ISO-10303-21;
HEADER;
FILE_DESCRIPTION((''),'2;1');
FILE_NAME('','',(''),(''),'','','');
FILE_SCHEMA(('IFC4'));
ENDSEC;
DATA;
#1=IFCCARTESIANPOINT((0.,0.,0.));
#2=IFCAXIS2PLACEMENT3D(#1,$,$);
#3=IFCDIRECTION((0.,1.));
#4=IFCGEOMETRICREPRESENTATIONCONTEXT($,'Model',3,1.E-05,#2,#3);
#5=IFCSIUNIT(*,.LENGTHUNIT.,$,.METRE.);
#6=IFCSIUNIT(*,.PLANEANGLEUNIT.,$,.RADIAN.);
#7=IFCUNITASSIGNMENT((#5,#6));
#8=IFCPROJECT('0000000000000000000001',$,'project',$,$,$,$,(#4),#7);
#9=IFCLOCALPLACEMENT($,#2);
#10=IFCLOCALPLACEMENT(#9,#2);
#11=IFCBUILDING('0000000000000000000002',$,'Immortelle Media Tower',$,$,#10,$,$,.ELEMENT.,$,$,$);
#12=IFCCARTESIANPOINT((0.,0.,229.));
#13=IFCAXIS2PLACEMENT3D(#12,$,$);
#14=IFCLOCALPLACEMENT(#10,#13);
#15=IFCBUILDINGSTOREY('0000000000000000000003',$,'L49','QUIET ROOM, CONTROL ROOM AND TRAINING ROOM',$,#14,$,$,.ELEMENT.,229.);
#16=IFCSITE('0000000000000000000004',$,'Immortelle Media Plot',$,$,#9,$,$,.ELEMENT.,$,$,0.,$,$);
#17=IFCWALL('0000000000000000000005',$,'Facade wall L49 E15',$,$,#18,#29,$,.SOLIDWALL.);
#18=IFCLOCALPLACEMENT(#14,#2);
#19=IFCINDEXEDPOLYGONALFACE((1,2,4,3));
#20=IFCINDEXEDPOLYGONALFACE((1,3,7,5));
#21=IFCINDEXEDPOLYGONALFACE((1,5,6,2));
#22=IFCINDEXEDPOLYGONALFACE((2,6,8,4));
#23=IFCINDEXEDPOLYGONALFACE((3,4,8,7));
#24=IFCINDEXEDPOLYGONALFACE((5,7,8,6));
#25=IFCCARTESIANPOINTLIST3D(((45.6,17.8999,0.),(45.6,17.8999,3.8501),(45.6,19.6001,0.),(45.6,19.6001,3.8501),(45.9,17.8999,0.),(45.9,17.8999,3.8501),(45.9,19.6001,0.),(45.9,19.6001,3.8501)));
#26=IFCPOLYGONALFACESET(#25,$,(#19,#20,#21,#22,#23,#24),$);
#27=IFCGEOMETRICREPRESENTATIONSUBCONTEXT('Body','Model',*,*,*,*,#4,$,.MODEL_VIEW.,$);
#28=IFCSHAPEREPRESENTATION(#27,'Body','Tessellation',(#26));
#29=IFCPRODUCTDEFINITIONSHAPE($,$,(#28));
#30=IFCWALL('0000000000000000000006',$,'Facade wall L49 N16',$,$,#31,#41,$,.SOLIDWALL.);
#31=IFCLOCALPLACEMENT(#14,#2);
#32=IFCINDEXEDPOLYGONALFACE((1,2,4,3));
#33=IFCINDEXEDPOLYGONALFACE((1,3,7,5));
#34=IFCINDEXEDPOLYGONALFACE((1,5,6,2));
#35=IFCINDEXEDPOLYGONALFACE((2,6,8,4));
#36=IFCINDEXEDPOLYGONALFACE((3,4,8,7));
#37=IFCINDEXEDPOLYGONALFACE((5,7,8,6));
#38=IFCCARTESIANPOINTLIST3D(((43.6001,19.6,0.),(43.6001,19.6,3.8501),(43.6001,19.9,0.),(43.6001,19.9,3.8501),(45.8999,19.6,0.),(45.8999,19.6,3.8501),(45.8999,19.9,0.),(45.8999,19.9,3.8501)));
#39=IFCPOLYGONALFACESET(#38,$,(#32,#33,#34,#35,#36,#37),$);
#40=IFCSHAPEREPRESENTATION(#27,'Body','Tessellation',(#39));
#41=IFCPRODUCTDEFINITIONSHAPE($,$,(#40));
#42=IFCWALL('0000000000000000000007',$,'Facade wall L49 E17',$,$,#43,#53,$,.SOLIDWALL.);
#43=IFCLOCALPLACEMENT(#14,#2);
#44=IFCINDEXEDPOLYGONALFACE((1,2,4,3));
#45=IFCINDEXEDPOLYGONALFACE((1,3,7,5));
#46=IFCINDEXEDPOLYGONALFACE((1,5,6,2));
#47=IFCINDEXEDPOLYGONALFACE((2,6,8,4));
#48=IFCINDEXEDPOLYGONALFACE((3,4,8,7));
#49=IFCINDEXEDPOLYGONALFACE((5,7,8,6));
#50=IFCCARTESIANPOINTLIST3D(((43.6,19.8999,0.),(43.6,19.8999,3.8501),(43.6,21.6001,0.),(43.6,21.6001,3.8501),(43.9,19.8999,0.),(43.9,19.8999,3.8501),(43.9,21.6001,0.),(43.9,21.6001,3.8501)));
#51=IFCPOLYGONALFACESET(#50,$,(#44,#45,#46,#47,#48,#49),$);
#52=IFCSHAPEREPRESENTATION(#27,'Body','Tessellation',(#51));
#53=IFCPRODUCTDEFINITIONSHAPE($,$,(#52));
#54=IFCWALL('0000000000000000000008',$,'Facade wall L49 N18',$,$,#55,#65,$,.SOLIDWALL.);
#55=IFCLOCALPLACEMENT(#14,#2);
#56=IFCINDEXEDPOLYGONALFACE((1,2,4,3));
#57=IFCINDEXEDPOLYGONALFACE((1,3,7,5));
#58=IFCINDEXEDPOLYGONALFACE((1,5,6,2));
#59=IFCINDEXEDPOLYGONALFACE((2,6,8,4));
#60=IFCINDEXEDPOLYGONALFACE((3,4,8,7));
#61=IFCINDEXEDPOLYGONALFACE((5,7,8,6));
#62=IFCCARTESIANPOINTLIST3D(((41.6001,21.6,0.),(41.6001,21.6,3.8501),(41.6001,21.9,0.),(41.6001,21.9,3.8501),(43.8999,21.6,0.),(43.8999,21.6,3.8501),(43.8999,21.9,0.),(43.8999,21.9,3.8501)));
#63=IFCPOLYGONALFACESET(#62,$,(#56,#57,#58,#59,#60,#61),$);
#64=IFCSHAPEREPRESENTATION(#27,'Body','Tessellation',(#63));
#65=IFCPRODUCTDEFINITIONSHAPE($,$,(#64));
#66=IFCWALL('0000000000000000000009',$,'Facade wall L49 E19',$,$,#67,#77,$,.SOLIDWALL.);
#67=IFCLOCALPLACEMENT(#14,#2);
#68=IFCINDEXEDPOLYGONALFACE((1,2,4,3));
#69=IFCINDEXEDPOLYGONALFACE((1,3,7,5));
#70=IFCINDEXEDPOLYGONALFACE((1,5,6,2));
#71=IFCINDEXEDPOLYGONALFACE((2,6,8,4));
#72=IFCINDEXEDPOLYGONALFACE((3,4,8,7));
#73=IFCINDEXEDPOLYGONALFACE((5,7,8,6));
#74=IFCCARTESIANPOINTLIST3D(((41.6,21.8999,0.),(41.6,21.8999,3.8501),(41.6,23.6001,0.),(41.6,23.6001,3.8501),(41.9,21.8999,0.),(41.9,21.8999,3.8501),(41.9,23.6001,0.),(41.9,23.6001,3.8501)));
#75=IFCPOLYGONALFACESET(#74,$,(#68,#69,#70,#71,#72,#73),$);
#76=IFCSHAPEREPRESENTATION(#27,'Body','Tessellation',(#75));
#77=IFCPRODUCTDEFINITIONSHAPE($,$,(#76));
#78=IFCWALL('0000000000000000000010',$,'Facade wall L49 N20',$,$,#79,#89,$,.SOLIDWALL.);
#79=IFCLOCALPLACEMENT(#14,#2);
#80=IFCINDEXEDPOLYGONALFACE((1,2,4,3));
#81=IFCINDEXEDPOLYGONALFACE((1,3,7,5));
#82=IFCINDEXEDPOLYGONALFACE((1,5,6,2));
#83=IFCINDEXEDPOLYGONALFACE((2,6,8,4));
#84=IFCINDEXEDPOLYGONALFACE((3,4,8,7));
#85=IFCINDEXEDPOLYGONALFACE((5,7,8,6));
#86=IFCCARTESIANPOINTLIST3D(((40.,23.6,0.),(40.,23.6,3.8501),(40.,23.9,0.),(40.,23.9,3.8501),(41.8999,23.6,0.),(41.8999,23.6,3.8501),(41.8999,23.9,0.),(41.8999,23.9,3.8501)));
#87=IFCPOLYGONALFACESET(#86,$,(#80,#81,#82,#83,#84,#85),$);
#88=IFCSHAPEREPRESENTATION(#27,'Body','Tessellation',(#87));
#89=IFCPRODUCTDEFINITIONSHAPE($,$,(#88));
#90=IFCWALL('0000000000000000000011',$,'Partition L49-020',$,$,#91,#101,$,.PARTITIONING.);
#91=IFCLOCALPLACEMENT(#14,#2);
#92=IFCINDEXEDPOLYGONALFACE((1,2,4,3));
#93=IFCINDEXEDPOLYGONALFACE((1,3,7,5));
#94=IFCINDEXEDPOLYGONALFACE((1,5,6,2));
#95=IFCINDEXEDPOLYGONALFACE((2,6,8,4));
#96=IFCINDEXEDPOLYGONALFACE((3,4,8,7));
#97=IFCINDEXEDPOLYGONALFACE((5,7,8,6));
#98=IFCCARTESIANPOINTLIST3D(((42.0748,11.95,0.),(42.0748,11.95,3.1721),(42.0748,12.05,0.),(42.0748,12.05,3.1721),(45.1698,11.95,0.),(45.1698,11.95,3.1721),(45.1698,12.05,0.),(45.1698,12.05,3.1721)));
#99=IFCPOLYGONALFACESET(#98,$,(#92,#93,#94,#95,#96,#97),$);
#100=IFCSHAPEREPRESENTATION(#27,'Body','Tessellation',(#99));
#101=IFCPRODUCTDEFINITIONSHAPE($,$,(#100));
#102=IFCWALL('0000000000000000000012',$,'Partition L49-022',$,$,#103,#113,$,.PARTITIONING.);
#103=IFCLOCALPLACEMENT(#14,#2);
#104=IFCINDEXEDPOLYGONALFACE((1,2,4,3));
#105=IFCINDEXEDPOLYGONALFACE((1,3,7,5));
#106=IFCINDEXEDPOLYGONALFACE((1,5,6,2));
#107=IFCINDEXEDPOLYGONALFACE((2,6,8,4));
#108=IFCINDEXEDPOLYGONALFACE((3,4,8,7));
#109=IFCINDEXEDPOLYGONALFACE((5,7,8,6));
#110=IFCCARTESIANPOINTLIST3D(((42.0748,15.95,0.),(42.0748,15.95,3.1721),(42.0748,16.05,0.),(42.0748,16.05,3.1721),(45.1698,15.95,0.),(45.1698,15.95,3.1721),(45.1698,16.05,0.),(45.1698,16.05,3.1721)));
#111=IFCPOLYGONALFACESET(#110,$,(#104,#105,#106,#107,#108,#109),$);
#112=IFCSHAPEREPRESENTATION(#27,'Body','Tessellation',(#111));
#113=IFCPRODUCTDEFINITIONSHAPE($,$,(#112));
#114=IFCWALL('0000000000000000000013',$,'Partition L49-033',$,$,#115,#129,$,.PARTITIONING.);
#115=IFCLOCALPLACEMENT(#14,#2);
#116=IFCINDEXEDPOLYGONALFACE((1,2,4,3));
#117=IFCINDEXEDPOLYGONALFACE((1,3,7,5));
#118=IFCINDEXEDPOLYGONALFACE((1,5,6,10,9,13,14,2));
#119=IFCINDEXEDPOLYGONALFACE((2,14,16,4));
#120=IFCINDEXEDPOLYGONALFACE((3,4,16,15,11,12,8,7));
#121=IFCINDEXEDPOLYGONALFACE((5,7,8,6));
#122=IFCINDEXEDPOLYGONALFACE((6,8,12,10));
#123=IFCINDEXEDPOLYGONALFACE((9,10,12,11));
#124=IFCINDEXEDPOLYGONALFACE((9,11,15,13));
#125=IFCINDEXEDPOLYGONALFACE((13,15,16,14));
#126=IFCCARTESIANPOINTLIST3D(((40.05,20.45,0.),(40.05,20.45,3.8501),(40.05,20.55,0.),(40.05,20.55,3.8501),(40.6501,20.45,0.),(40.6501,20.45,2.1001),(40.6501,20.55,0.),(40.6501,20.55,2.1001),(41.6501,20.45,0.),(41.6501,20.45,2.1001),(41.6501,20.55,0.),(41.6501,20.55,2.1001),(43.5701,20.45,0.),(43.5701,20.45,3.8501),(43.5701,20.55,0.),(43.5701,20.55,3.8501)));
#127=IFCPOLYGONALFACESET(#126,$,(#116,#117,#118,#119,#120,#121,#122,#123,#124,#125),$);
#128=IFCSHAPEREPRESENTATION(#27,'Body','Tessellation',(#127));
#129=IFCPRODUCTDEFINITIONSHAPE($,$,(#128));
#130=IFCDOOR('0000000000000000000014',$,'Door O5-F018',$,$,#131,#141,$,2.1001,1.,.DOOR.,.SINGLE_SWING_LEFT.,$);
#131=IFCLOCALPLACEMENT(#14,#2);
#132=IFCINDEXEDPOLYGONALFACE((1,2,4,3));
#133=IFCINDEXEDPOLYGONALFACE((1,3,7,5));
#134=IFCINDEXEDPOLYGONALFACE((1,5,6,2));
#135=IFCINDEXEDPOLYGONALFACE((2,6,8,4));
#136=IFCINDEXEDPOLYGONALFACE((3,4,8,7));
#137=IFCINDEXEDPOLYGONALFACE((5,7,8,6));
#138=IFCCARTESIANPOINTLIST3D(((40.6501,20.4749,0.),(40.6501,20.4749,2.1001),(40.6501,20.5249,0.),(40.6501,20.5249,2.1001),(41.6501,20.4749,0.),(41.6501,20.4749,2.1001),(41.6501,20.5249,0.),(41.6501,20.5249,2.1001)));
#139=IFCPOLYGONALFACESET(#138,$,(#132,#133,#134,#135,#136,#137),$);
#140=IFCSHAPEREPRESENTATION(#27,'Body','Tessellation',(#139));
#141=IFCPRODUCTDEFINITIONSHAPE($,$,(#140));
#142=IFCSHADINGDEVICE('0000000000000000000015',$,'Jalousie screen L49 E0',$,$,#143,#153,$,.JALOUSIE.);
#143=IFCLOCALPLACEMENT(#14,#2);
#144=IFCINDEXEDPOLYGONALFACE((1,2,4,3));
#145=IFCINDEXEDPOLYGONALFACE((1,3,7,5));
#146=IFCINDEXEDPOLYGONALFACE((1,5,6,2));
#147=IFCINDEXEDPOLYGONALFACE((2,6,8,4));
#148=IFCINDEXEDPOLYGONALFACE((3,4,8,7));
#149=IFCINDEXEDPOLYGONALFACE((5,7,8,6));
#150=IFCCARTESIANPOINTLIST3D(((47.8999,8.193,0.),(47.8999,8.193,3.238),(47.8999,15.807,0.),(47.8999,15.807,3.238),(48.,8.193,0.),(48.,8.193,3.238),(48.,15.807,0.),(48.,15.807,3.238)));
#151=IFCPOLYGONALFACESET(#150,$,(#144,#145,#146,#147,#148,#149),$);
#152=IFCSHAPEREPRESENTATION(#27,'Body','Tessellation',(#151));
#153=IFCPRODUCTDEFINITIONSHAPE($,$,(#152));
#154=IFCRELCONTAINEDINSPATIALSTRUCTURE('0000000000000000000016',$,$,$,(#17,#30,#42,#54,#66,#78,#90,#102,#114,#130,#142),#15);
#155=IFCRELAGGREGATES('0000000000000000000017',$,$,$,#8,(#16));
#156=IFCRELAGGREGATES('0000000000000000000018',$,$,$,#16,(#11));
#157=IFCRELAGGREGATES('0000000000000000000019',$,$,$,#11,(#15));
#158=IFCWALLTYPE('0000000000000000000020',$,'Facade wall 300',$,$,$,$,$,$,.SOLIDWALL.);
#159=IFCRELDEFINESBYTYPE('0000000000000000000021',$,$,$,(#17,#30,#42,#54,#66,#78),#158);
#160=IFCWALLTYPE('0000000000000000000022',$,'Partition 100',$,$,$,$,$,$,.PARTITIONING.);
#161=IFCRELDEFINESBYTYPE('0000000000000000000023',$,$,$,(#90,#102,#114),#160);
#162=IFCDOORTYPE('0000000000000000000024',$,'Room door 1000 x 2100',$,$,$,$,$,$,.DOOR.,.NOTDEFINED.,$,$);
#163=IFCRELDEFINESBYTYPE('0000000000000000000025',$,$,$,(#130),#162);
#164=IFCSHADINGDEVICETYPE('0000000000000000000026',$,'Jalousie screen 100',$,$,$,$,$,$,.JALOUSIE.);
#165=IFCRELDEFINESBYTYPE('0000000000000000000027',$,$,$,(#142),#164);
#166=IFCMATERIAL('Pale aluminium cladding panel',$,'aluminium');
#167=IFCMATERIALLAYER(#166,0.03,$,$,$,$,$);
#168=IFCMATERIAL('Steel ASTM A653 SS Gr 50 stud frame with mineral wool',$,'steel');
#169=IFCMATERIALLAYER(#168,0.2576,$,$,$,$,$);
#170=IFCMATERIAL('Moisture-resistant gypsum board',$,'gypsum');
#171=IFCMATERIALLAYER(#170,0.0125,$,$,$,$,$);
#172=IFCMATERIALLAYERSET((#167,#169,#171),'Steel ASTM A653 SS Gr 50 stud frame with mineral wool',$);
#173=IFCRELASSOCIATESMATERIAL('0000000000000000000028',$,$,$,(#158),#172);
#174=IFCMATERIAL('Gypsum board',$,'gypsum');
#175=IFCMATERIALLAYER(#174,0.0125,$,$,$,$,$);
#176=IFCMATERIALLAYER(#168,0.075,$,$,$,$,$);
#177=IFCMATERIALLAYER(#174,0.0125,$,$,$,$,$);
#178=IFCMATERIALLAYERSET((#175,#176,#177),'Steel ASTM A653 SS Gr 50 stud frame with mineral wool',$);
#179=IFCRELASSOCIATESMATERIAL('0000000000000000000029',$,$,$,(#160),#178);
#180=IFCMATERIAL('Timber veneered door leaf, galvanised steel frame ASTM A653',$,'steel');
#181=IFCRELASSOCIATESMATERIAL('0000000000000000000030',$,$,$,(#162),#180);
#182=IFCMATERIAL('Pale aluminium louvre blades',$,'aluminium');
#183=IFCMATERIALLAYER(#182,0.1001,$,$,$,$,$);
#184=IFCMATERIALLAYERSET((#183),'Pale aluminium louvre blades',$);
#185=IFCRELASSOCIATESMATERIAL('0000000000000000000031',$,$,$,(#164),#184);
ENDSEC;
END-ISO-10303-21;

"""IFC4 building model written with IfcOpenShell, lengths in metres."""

from ifc_helpers import new_model, si_unit, direction, frame, frame_2d, origin, origin_2d, place, context, subcontext, project, spatial, rectangle, extrude, material, layer, layer_set, type_object, element, fill, save


model = new_model("IFC4")

# Units and contexts
model_context = context("Model", 3, precision=1e-05, world=origin(), true_north=direction((0.0, 1.0)))
body_context = subcontext(model_context, "Body", "Model", "MODEL_VIEW")
ifc_project = project(units=[si_unit("LENGTHUNIT", "METRE"), si_unit("PLANEANGLEUNIT", "RADIAN")], contexts=[model_context])

# Site, building, storey
site_placement = place(None, origin())
site = spatial("IfcSite", under=ifc_project, at=site_placement, Name="Immortelle Media Plot", CompositionType="ELEMENT", RefElevation=0.0)
building_placement = place(site_placement, origin())
building = spatial("IfcBuilding", under=site, at=building_placement, Name="Immortelle Media Tower", CompositionType="ELEMENT")
storey_placement = place(building_placement, frame((0.0, 0.0, 229.0)))
storey = spatial("IfcBuildingStorey", under=building, at=storey_placement, Name="L49", Description="QUIET ROOM, CONTROL ROOM AND TRAINING ROOM", CompositionType="ELEMENT", Elevation=229.0)

# Walls
ifc_material_1 = material(Name="Steel ASTM A653 SS Gr 50 stud frame with mineral wool", Category="steel")
ifc_material_2 = material(Name="Pale aluminium cladding panel", Category="aluminium")
ifc_layer_1 = layer(ifc_material_2, 0.03)
ifc_layer_2 = layer(ifc_material_1, 0.2576)
ifc_material_3 = material(Name="Moisture-resistant gypsum board", Category="gypsum")
ifc_layer_3 = layer(ifc_material_3, 0.0125)
ifc_layer_set_1 = layer_set([ifc_layer_1, ifc_layer_2, ifc_layer_3], Name="Steel ASTM A653 SS Gr 50 stud frame with mineral wool")
wall_type_1 = type_object("IfcWallType", Name="Facade wall 300", PredefinedType="SOLIDWALL", material=ifc_layer_set_1)
wall_1_placement = place(storey_placement, frame((45.75, 17.8999, 0.0), z_axis=(0.0, 0.0, 1.0), x_axis=(0.0, 1.0, 0.0)))
element("IfcWall", 1, at=wall_1_placement, inside=storey, type_object=wall_type_1, Name="Facade wall L49 E15", PredefinedType="SOLIDWALL", context=body_context, shape_type="SweptSolid", body=[
    extrude(rectangle(XDim=1.7002, YDim=0.3, at=frame_2d((0.8501, 0.0))), origin(), (0.0, 0.0, 1.0), 3.8501),
])
wall_2_placement = place(storey_placement, frame((45.8999, 19.75, 0.0), z_axis=(0.0, 0.0, 1.0), x_axis=(-1.0, 0.0, 0.0)))
element("IfcWall", 2, at=wall_2_placement, inside=storey, type_object=wall_type_1, Name="Facade wall L49 N16", PredefinedType="SOLIDWALL", context=body_context, shape_type="SweptSolid", body=[
    extrude(rectangle(XDim=2.2998, YDim=0.3, at=frame_2d((1.1499, 0.0))), origin(), (0.0, 0.0, 1.0), 3.8501),
])
wall_3_placement = place(storey_placement, frame((43.75, 19.8999, 0.0), z_axis=(0.0, 0.0, 1.0), x_axis=(0.0, 1.0, 0.0)))
element("IfcWall", 3, at=wall_3_placement, inside=storey, type_object=wall_type_1, Name="Facade wall L49 E17", PredefinedType="SOLIDWALL", context=body_context, shape_type="SweptSolid", body=[
    extrude(rectangle(XDim=1.7002, YDim=0.3, at=frame_2d((0.8501, 0.0))), origin(), (0.0, 0.0, 1.0), 3.8501),
])
wall_4_placement = place(storey_placement, frame((43.8999, 21.75, 0.0), z_axis=(0.0, 0.0, 1.0), x_axis=(-1.0, 0.0, 0.0)))
element("IfcWall", 4, at=wall_4_placement, inside=storey, type_object=wall_type_1, Name="Facade wall L49 N18", PredefinedType="SOLIDWALL", context=body_context, shape_type="SweptSolid", body=[
    extrude(rectangle(XDim=2.2998, YDim=0.3, at=frame_2d((1.1499, 0.0))), origin(), (0.0, 0.0, 1.0), 3.8501),
])
wall_5_placement = place(storey_placement, frame((41.75, 21.8999, 0.0), z_axis=(0.0, 0.0, 1.0), x_axis=(0.0, 1.0, 0.0)))
element("IfcWall", 5, at=wall_5_placement, inside=storey, type_object=wall_type_1, Name="Facade wall L49 E19", PredefinedType="SOLIDWALL", context=body_context, shape_type="SweptSolid", body=[
    extrude(rectangle(XDim=1.7002, YDim=0.3, at=frame_2d((0.8501, 0.0))), origin(), (0.0, 0.0, 1.0), 3.8501),
])
wall_6_placement = place(storey_placement, frame((41.8999, 23.75, 0.0), z_axis=(0.0, 0.0, 1.0), x_axis=(-1.0, 0.0, 0.0)))
element("IfcWall", 6, at=wall_6_placement, inside=storey, type_object=wall_type_1, Name="Facade wall L49 N20", PredefinedType="SOLIDWALL", context=body_context, shape_type="SweptSolid", body=[
    extrude(rectangle(XDim=1.8999, YDim=0.3, at=frame_2d((0.95, 0.0))), origin(), (0.0, 0.0, 1.0), 3.8501),
])
ifc_material_4 = material(Name="Gypsum board", Category="gypsum")
ifc_layer_4 = layer(ifc_material_4, 0.0125)
ifc_layer_5 = layer(ifc_material_1, 0.075)
ifc_layer_6 = layer(ifc_material_4, 0.0125)
ifc_layer_set_2 = layer_set([ifc_layer_4, ifc_layer_5, ifc_layer_6], Name="Steel ASTM A653 SS Gr 50 stud frame with mineral wool")
wall_type_2 = type_object("IfcWallType", Name="Partition 100", PredefinedType="PARTITIONING", material=ifc_layer_set_2)
for number, where, z_axis, x_axis, name in (
    (7, (42.075, 12.0, 0.0), (0.0, 0.0, 1.0), (1.0, 0.0, 0.0), "Partition L49-020"),
    (8, (42.075, 16.0, 0.0), (0.0, 0.0, 1.0), (1.0, 0.0, 0.0), "Partition L49-022"),
):
    element("IfcWall", number, at=place(storey_placement, frame(where, z_axis=z_axis, x_axis=x_axis)), inside=storey, type_object=wall_type_2, Name=name, PredefinedType="PARTITIONING", context=body_context, shape_type="SweptSolid", body=[
        extrude(rectangle(XDim=3.095, YDim=0.1001, at=frame_2d((1.5474, 0.0))), origin(), (0.0, 0.0, 1.0), 3.1721),
    ])

# Wall, opening, door
wall_7_placement = place(storey_placement, frame((40.05, 20.5, 0.0), z_axis=(0.0, 0.0, 1.0), x_axis=(1.0, 0.0, 0.0)))
wall_7 = element("IfcWall", 9, at=wall_7_placement, inside=storey, type_object=wall_type_2, Name="Partition L49-033", PredefinedType="PARTITIONING", context=body_context, shape_type="SweptSolid", body=[
    extrude(rectangle(XDim=3.52, YDim=0.1001, at=frame_2d((1.76, 0.0))), origin(), (0.0, 0.0, 1.0), 3.8501),
])
opening_placement = place(wall_7_placement, frame((0.6001, 0.0, 0.0)))
opening = element("IfcOpeningElement", 10, at=opening_placement, cuts=wall_7, PredefinedType="OPENING", context=body_context, shape_type="SweptSolid", body=[
    extrude(rectangle(XDim=1.0, YDim=2.1001, at=frame_2d((0.5, 1.05))), frame((0.0, 0.0601, 0.0), z_axis=(0.0, -1.0, 0.0), x_axis=(1.0, 0.0, 0.0)), (0.0, 0.0, 1.0), 0.1201),
])
ifc_material_5 = material(Name="Timber veneered door leaf, galvanised steel frame ASTM A653", Category="steel")
door_type = type_object("IfcDoorType", Name="Room door 1000 x 2100", OperationType="NOTDEFINED", PredefinedType="DOOR", material=ifc_material_5)
door_placement = place(opening_placement, origin())
door = element("IfcDoor", 11, at=door_placement, inside=storey, type_object=door_type, Name="Door O5-F018", OperationType="SINGLE_SWING_LEFT", OverallHeight=2.1001, OverallWidth=1.0, PredefinedType="DOOR", context=body_context, shape_type="SweptSolid", body=[
    extrude(rectangle(XDim=1.0, YDim=2.1001, at=frame_2d((0.5, 1.05))), frame((0.0, 0.0249, 0.0), z_axis=(0.0, -1.0, 0.0), x_axis=(1.0, 0.0, 0.0)), (0.0, 0.0, 1.0), 0.05),
])
fill(opening, door)

# Shading device
ifc_material_6 = material(Name="Pale aluminium louvre blades", Category="aluminium")
ifc_layer_7 = layer(ifc_material_6, 0.1001)
ifc_layer_set_3 = layer_set([ifc_layer_7], Name="Pale aluminium louvre blades")
shading_device_type = type_object("IfcShadingDeviceType", Name="Jalousie screen 100", PredefinedType="JALOUSIE", material=ifc_layer_set_3)
shading_device_placement = place(storey_placement, frame((47.95, 12.0, 0.0), z_axis=(0.0, 0.0, 1.0), x_axis=(0.0, 1.0, 0.0)))
element("IfcShadingDevice", 12, at=shading_device_placement, inside=storey, type_object=shading_device_type, Name="Jalousie screen L49 E0", PredefinedType="JALOUSIE", context=body_context, shape_type="SweptSolid", body=[
    extrude(rectangle(XDim=7.614, YDim=0.1001, at=origin_2d()), origin(), (0.0, 0.0, 1.0), 3.238),
])

save(model, "model.ifc")
